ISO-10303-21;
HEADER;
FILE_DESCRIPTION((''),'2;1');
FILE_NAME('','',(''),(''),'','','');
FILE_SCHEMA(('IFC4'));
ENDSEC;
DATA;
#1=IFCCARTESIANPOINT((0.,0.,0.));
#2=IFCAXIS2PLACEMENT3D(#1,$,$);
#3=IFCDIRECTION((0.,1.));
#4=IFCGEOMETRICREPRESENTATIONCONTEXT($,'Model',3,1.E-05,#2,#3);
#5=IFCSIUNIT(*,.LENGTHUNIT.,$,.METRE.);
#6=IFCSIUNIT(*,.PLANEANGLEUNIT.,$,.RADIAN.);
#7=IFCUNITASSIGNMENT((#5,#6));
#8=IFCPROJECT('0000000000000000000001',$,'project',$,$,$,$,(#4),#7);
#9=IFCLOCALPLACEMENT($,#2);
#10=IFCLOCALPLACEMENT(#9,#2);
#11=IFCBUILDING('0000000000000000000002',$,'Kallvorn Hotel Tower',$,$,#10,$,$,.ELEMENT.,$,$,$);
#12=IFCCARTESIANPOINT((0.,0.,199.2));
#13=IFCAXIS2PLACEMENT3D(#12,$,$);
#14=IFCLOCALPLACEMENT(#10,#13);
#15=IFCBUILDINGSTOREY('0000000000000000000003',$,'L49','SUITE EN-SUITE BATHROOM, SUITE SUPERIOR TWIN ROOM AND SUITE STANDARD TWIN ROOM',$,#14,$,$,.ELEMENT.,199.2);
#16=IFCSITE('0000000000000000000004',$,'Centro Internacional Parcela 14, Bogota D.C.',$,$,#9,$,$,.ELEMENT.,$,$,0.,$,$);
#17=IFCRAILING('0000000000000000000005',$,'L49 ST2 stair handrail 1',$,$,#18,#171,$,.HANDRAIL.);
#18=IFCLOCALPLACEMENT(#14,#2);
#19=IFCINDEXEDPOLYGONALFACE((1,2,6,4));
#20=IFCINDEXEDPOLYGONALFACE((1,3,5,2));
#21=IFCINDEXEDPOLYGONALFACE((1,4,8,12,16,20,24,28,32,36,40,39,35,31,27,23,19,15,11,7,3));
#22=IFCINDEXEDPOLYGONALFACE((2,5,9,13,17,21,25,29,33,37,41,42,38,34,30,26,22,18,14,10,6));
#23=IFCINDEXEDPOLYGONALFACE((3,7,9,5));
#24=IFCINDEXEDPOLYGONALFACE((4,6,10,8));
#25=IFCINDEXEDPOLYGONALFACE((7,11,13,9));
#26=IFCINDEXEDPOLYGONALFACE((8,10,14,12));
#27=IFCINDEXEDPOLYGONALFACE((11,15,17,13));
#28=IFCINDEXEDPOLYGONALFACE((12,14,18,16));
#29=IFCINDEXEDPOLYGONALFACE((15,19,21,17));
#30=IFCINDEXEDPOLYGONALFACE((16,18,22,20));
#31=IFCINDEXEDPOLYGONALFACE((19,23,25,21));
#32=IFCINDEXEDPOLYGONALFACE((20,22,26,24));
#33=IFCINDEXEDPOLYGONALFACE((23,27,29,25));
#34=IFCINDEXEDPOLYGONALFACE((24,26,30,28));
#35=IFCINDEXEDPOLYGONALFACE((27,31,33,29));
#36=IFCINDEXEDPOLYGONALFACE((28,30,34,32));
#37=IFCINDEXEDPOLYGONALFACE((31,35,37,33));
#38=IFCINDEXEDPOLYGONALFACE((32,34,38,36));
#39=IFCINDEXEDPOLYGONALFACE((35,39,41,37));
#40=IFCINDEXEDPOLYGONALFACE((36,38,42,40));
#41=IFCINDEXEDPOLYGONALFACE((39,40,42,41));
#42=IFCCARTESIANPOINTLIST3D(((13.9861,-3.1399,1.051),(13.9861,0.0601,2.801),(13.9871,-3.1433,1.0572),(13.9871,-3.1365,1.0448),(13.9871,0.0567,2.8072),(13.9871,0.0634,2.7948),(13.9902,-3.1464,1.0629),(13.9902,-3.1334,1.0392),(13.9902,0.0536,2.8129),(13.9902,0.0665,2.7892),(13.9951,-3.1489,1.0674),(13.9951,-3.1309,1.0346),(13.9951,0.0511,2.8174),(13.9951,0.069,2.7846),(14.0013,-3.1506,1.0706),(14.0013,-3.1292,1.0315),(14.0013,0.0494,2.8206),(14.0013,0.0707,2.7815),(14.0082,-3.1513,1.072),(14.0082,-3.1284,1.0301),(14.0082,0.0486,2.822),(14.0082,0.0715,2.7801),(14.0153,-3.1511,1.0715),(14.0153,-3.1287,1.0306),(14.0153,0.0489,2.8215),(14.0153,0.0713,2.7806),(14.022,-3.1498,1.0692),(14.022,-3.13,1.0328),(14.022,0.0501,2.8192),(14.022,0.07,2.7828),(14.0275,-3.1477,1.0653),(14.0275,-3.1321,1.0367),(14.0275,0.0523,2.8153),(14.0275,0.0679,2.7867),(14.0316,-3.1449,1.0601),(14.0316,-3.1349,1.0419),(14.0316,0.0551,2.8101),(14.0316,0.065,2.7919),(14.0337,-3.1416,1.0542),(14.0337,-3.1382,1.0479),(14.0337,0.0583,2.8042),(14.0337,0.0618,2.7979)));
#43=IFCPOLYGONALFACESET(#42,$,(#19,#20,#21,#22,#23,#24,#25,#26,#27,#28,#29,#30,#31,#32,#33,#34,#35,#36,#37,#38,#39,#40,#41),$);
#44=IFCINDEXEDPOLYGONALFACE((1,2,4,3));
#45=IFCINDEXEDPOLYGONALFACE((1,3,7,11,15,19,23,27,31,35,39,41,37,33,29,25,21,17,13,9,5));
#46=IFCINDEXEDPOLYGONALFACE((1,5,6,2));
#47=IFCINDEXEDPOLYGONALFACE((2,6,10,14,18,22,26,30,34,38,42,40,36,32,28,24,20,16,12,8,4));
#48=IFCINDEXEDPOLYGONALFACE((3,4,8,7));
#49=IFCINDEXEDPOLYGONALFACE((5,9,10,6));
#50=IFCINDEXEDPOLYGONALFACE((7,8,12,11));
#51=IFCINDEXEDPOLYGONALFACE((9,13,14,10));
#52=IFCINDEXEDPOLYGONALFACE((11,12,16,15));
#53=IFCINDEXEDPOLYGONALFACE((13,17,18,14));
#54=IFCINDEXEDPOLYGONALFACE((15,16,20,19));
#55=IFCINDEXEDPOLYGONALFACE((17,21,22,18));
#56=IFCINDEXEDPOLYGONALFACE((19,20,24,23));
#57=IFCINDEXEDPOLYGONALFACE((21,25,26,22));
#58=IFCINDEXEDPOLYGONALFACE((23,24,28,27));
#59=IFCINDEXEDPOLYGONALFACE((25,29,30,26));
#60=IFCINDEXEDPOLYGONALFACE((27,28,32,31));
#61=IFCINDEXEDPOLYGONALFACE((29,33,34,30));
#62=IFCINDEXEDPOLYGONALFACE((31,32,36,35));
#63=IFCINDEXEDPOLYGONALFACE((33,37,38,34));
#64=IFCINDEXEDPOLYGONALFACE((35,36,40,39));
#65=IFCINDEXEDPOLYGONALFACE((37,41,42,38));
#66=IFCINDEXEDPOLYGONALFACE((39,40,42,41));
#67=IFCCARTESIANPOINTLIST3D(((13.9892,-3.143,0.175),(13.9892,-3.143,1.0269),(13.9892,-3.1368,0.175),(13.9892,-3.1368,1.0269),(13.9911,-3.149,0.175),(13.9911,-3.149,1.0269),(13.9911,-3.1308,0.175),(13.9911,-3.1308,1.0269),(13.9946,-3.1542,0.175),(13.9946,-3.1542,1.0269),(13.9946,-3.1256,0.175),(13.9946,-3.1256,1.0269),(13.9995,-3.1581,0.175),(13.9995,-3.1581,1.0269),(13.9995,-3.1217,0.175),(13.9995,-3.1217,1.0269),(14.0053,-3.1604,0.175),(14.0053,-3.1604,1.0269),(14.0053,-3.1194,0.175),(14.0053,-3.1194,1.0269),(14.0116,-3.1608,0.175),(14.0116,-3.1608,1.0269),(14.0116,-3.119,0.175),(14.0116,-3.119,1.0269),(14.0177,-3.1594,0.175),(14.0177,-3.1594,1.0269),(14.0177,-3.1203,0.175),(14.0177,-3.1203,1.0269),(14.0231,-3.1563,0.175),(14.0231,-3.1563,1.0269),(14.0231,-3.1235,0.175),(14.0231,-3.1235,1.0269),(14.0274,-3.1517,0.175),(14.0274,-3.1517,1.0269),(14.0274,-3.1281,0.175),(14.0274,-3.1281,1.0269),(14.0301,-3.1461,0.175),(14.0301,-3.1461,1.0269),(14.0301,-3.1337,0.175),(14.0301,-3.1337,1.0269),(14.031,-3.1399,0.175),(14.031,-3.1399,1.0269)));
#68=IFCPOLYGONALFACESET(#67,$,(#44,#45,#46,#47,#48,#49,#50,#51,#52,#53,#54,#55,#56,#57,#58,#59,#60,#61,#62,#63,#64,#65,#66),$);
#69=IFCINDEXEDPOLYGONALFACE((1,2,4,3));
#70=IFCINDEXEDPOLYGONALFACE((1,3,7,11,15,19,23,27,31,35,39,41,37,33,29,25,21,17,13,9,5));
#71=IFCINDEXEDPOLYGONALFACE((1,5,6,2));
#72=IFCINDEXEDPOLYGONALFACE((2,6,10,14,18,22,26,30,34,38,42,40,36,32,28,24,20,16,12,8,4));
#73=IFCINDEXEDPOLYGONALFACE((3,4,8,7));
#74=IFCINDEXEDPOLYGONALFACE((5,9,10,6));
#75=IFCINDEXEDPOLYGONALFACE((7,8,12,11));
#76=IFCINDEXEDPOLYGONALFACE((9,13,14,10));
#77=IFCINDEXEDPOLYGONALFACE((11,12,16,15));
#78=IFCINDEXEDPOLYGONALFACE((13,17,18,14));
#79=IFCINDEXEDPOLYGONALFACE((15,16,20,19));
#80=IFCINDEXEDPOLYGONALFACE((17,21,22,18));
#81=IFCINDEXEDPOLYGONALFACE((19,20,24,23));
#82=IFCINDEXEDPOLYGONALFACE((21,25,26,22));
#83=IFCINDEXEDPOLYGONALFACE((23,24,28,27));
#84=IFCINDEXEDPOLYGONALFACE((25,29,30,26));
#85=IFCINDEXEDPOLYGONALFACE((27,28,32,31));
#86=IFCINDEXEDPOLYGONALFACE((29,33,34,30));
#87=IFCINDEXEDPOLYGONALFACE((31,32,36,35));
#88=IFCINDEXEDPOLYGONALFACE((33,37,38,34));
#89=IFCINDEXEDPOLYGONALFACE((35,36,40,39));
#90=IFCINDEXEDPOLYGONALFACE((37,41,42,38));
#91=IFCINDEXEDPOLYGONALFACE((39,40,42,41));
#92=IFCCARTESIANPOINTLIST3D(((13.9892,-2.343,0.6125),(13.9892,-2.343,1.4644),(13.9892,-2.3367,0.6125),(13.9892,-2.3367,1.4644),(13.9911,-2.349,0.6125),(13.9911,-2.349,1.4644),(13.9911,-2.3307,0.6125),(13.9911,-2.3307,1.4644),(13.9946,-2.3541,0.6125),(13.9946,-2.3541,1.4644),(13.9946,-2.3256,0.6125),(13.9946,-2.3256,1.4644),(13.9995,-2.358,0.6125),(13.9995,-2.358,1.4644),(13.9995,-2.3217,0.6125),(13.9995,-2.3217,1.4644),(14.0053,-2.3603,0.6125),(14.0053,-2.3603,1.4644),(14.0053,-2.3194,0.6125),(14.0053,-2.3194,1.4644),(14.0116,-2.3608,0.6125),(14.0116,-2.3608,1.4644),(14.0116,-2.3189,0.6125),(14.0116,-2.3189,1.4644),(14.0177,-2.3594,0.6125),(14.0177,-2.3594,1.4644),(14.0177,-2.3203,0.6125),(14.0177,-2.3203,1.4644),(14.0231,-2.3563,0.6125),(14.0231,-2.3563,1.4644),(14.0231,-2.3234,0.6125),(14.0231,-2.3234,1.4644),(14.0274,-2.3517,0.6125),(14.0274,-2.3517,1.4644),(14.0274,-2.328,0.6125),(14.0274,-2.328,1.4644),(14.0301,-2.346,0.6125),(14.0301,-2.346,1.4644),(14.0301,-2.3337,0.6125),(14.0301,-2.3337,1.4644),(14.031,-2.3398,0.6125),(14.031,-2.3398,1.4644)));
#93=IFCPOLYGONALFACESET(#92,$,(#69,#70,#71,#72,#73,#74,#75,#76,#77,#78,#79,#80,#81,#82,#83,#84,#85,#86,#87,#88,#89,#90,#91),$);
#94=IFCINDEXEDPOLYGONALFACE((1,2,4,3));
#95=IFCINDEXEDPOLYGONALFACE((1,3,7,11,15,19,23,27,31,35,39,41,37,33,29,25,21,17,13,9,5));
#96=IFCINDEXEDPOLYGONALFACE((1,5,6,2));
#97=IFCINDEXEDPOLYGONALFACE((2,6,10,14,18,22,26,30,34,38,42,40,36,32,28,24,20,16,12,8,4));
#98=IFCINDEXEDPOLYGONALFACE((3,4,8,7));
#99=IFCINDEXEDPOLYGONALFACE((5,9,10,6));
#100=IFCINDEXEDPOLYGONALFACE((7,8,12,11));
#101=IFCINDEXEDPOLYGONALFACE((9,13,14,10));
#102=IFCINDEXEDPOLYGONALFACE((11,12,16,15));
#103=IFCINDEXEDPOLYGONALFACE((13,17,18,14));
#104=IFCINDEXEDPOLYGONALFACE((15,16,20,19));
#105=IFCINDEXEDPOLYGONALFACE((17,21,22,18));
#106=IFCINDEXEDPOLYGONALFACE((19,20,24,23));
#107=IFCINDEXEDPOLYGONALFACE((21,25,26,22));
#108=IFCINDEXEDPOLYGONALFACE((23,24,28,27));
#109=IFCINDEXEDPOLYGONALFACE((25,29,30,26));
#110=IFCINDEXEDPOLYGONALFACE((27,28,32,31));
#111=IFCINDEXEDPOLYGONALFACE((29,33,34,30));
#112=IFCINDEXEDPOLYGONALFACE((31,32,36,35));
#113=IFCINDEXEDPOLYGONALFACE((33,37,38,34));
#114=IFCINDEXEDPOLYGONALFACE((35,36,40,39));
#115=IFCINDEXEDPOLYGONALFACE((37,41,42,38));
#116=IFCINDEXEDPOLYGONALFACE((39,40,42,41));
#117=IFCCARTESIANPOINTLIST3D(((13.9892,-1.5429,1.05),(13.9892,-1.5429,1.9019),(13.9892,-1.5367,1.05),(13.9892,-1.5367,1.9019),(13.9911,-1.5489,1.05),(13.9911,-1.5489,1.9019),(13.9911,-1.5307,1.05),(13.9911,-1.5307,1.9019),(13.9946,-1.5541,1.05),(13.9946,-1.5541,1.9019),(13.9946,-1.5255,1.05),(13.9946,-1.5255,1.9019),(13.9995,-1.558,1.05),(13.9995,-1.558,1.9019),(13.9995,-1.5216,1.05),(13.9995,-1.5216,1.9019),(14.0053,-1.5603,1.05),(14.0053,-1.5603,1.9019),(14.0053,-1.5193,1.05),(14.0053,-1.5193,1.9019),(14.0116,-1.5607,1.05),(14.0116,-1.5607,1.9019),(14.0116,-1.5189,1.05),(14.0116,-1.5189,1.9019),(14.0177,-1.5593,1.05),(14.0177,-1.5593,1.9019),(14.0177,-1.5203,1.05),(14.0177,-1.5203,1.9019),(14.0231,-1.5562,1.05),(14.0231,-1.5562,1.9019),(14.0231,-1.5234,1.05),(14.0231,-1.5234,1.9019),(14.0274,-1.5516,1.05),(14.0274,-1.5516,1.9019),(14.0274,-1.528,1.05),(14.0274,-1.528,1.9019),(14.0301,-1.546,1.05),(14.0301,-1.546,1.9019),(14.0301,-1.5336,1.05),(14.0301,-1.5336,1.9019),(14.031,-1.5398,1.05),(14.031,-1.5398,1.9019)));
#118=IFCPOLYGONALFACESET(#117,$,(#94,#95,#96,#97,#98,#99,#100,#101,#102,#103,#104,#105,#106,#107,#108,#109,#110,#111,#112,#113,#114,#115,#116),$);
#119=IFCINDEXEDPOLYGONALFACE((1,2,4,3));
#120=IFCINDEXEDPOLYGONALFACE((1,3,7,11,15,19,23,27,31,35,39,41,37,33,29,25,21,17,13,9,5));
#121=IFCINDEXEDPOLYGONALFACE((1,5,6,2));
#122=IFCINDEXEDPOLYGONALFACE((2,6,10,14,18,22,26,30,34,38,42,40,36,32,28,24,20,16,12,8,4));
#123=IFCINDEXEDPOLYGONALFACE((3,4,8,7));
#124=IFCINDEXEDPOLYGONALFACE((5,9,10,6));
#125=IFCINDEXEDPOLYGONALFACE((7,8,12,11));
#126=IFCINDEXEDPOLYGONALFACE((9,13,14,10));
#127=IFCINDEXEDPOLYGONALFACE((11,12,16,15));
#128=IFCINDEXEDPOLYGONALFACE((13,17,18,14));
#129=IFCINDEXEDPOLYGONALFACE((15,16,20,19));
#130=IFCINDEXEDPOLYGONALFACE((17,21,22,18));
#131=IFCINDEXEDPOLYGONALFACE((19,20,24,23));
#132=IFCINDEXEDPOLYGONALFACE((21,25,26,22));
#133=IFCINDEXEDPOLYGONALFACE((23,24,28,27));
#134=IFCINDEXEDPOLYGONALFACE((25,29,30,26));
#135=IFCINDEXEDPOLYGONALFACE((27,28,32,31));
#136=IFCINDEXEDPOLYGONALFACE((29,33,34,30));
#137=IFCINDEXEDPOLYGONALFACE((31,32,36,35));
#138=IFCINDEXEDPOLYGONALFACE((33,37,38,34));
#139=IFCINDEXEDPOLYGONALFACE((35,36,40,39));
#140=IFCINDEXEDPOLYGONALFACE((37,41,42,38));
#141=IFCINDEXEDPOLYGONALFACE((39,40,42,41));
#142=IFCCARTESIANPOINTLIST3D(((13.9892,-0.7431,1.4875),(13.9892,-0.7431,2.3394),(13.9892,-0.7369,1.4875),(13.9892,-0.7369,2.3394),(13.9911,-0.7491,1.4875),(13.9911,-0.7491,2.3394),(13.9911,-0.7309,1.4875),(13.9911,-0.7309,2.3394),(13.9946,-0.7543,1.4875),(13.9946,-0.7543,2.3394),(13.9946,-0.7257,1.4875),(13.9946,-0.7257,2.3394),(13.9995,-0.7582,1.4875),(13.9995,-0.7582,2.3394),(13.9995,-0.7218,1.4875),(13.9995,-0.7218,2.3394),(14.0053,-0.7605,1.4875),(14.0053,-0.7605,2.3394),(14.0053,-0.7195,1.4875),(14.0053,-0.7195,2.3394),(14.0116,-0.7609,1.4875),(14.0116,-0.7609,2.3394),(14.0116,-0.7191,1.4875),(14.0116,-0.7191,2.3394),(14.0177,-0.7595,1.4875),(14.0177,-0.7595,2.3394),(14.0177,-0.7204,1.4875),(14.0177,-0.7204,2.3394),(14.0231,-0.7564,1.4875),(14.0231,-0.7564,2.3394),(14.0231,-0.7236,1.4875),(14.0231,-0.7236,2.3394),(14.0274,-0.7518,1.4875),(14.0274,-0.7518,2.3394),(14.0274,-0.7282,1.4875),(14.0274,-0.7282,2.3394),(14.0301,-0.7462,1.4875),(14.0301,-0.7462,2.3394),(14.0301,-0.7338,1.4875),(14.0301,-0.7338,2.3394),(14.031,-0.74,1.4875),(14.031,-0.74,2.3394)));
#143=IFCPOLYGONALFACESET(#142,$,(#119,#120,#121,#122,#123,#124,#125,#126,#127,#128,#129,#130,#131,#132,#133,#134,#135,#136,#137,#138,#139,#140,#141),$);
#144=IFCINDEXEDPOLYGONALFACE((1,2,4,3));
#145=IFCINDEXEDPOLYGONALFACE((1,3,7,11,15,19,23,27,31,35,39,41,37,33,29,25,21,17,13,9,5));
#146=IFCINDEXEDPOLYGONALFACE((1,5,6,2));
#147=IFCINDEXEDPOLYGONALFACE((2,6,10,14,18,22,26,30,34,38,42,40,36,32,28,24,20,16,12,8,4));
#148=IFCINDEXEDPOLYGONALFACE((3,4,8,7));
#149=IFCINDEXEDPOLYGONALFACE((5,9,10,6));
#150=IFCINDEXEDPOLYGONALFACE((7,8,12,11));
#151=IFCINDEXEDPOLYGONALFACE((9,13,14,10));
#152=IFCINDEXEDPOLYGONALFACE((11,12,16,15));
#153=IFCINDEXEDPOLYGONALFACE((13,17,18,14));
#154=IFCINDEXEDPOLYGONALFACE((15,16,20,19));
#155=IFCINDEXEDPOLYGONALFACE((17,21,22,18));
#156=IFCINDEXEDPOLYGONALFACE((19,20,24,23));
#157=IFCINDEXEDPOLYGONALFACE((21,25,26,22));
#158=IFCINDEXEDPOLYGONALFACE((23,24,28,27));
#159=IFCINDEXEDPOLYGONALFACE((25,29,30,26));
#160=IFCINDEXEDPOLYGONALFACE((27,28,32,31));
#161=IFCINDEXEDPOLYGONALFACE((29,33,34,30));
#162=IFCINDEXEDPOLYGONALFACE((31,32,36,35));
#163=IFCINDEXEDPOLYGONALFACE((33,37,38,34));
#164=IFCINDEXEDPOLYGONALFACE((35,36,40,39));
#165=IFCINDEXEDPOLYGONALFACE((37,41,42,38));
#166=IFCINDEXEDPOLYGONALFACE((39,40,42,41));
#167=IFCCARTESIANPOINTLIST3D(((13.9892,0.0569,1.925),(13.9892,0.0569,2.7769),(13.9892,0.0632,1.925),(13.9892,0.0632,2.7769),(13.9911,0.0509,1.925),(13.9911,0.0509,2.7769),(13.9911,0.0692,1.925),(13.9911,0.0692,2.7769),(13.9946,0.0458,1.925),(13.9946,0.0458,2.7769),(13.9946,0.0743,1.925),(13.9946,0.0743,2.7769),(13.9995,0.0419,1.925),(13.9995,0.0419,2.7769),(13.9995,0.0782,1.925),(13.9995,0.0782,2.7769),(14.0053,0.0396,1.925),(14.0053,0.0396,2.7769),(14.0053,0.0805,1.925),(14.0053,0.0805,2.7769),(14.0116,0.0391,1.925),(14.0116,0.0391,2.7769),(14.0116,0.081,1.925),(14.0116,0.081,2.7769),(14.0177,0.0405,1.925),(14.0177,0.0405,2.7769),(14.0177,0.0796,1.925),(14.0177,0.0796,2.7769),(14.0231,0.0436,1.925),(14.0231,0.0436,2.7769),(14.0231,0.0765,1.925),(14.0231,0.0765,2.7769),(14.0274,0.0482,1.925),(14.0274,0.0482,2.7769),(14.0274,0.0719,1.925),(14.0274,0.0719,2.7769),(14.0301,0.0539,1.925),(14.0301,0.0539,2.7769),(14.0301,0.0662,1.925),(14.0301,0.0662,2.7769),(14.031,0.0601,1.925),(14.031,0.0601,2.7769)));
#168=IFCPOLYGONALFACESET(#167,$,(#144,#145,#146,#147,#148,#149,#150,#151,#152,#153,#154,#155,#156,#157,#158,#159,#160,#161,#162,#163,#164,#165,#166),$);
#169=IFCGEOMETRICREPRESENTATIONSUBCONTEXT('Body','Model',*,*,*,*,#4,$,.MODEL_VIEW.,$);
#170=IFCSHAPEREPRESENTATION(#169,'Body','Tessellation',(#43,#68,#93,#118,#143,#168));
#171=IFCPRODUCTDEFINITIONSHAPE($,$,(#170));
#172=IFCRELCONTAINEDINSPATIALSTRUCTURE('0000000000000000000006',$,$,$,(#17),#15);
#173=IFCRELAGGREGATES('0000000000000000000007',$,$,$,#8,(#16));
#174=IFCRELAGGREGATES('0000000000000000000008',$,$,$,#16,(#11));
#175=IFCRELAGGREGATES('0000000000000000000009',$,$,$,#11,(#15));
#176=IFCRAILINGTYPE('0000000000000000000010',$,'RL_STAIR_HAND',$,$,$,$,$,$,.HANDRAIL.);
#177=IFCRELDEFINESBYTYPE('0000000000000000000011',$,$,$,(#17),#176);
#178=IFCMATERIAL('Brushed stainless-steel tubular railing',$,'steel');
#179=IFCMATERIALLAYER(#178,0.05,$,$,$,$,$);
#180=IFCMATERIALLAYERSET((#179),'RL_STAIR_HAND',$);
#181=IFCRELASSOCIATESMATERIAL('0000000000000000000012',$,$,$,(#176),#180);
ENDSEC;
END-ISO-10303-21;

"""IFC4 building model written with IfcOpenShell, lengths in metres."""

from ifc_helpers import new_model, si_unit, direction, frame, origin, origin_2d, place, context, subcontext, project, spatial, circle, extrude, material, layer, layer_set, type_object, element, save


model = new_model("IFC4")

# Units and contexts
model_context = context("Model", 3, precision=1e-05, world=origin(), true_north=direction((0.0, 1.0)))
body_context = subcontext(model_context, "Body", "Model", "MODEL_VIEW")
ifc_project = project(units=[si_unit("LENGTHUNIT", "METRE"), si_unit("PLANEANGLEUNIT", "RADIAN")], contexts=[model_context])

# Site, building, storey
site_placement = place(None, origin())
site = spatial("IfcSite", under=ifc_project, at=site_placement, Name="Centro Internacional Parcela 14, Bogota D.C.", CompositionType="ELEMENT", RefElevation=0.0)
building_placement = place(site_placement, origin())
building = spatial("IfcBuilding", under=site, at=building_placement, Name="Kallvorn Hotel Tower", CompositionType="ELEMENT")
storey_placement = place(building_placement, frame((0.0, 0.0, 199.2)))
storey = spatial("IfcBuildingStorey", under=building, at=storey_placement, Name="L49", Description="SUITE EN-SUITE BATHROOM, SUITE SUPERIOR TWIN ROOM AND SUITE STANDARD TWIN ROOM", CompositionType="ELEMENT", Elevation=199.2)

# Railing
ifc_material_1 = material(Name="Brushed stainless-steel tubular railing", Category="steel")
ifc_layer_1 = layer(ifc_material_1, 0.05)
ifc_layer_set_1 = layer_set([ifc_layer_1], Name="RL_STAIR_HAND")
railing_type_1 = type_object("IfcRailingType", Name="RL_STAIR_HAND", PredefinedType="HANDRAIL", material=ifc_layer_set_1)
railing_1_placement = place(storey_placement, frame((14.01, -3.1399, 0.175)))
element("IfcRailing", 1, at=railing_1_placement, inside=storey, type_object=railing_type_1, Name="L49 ST2 stair handrail 1", PredefinedType="HANDRAIL", context=body_context, shape_type="SweptSolid", body=[
    extrude(circle(Radius=0.0239, at=origin_2d()), frame((0.0, 0.0, 0.876), z_axis=(0.0, 0.877368, 0.479818), x_axis=(-1.0, 0.0, 0.0)), (0.0, 0.0, 1.0), 3.6472),
    extrude(circle(Radius=0.021, at=origin_2d()), origin(), (0.0, 0.0, 1.0), 0.8518),
    extrude(circle(Radius=0.021, at=origin_2d()), frame((0.0, 0.8, 0.4375)), (0.0, 0.0, 1.0), 0.8518),
    extrude(circle(Radius=0.021, at=origin_2d()), frame((0.0, 1.6001, 0.875)), (0.0, 0.0, 1.0), 0.8518),
    extrude(circle(Radius=0.021, at=origin_2d()), frame((0.0, 2.3999, 1.3125)), (0.0, 0.0, 1.0), 0.8518),
    extrude(circle(Radius=0.021, at=origin_2d()), frame((0.0, 3.2, 1.75)), (0.0, 0.0, 1.0), 0.8518),
])

save(model, "model.ifc")
